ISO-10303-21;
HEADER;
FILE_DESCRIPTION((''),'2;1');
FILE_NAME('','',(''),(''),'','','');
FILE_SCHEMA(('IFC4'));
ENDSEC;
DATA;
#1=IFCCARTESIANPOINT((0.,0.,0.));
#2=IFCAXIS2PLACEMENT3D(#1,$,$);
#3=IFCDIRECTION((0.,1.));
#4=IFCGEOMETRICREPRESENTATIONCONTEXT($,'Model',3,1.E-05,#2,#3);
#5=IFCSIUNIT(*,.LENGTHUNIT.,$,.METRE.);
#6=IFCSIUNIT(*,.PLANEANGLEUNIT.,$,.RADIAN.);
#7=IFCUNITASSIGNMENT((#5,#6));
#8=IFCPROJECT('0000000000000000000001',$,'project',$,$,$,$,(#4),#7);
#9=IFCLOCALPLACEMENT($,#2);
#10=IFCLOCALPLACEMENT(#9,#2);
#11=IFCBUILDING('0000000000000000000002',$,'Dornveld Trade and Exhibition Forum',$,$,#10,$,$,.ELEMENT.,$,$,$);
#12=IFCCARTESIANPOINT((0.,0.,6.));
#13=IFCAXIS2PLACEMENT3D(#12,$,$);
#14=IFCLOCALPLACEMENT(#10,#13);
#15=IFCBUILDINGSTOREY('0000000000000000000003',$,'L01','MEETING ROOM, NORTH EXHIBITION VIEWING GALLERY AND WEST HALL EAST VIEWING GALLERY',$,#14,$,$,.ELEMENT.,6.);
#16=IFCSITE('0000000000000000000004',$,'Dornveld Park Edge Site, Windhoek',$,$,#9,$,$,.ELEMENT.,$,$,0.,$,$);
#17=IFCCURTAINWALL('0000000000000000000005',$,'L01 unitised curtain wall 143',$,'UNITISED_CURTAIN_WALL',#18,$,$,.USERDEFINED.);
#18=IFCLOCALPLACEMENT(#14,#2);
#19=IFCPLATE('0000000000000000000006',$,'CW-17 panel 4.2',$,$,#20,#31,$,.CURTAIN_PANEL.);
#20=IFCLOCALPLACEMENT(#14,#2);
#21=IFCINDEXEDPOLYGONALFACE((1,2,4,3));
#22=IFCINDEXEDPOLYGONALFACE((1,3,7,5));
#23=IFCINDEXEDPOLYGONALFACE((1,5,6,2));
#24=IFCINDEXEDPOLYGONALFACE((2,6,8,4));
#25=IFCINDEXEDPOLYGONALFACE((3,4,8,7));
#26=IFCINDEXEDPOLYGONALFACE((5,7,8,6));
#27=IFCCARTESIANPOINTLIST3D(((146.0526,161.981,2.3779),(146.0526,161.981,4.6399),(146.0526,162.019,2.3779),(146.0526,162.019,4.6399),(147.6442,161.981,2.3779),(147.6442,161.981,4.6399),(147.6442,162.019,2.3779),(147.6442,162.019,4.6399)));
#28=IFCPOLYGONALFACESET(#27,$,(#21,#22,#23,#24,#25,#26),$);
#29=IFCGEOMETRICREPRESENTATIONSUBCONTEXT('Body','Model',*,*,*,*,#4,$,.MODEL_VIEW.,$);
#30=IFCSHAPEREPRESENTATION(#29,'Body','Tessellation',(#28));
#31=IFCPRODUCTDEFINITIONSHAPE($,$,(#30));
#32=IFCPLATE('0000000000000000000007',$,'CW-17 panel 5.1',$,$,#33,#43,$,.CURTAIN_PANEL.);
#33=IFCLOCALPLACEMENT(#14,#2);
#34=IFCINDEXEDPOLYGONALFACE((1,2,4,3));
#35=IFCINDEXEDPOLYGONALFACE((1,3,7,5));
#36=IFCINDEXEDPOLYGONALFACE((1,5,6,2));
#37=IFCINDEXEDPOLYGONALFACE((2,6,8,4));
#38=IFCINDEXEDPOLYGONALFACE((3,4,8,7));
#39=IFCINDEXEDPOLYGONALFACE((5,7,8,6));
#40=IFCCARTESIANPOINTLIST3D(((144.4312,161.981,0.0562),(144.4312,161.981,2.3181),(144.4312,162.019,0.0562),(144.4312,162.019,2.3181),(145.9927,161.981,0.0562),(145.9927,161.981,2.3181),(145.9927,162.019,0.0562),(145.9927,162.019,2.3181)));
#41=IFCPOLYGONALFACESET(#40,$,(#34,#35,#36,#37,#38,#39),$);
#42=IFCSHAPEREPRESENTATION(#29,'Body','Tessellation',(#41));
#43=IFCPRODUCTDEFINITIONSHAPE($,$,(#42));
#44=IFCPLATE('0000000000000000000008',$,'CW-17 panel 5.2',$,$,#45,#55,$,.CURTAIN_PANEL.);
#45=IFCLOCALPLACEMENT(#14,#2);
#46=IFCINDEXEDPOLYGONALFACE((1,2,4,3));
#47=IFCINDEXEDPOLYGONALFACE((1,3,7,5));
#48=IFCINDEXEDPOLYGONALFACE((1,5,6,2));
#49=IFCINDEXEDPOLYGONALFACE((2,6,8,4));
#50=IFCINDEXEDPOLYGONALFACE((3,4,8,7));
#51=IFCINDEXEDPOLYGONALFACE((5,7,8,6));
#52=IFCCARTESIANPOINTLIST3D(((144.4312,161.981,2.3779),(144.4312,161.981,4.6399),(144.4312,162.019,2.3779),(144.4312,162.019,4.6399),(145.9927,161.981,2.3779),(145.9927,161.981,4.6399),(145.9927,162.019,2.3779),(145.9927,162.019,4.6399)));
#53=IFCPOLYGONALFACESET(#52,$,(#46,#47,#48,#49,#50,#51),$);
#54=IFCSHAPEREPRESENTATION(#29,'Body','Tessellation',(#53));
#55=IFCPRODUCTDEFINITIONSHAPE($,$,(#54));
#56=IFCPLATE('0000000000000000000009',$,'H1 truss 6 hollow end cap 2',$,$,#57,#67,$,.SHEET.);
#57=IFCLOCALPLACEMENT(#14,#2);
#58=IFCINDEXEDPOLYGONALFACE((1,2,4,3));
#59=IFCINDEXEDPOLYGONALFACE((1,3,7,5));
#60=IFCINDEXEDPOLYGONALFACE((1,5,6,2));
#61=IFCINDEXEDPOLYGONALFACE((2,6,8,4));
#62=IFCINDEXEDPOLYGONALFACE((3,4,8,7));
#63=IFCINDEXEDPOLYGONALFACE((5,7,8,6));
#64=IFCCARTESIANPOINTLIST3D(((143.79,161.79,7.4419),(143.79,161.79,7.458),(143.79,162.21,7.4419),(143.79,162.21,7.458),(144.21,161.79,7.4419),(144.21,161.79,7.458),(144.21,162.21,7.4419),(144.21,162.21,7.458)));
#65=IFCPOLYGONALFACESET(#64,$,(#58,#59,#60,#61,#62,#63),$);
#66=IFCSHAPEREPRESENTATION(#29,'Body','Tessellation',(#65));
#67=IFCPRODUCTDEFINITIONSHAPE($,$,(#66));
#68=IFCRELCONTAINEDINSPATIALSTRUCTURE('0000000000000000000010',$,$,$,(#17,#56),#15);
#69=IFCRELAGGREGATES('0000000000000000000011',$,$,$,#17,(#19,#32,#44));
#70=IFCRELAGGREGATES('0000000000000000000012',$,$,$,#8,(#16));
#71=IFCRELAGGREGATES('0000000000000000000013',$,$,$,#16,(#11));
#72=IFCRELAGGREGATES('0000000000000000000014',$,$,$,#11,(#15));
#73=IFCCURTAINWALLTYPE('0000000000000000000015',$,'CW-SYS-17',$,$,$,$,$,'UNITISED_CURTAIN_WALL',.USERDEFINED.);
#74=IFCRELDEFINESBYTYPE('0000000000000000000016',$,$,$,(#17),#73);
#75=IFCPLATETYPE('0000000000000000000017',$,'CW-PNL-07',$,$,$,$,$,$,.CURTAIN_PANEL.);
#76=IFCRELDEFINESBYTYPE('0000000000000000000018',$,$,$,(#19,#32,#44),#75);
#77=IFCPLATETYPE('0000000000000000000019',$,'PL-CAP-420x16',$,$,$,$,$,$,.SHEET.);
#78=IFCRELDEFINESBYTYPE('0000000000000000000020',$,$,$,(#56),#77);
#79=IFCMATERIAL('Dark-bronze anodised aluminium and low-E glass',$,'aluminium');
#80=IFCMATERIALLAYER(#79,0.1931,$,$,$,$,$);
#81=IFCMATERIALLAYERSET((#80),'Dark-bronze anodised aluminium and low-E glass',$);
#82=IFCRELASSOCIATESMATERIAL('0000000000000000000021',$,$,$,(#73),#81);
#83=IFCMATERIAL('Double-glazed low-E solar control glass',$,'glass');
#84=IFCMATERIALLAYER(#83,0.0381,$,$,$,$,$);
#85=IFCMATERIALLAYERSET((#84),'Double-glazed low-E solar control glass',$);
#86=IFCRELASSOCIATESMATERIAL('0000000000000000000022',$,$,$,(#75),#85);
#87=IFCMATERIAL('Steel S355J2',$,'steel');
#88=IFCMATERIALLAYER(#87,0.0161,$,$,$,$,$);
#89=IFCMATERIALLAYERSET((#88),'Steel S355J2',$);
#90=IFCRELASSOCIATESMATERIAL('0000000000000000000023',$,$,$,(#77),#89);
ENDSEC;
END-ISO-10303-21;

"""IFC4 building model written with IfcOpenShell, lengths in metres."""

from ifc_helpers import new_model, si_unit, direction, frame, origin, origin_2d, place, context, subcontext, project, spatial, rectangle, extrude, material, layer, layer_set, type_object, element, aggregate, save


model = new_model("IFC4")

# Units and contexts
model_context = context("Model", 3, precision=1e-05, world=origin(), true_north=direction((0.0, 1.0)))
body_context = subcontext(model_context, "Body", "Model", "MODEL_VIEW")
ifc_project = project(units=[si_unit("LENGTHUNIT", "METRE"), si_unit("PLANEANGLEUNIT", "RADIAN")], contexts=[model_context])

# Site, building, storey
site_placement = place(None, origin())
site = spatial("IfcSite", under=ifc_project, at=site_placement, Name="Dornveld Park Edge Site, Windhoek", CompositionType="ELEMENT", RefElevation=0.0)
building_placement = place(site_placement, origin())
building = spatial("IfcBuilding", under=site, at=building_placement, Name="Dornveld Trade and Exhibition Forum", CompositionType="ELEMENT")
storey_placement = place(building_placement, frame((0.0, 0.0, 6.0)))
storey = spatial("IfcBuildingStorey", under=building, at=storey_placement, Name="L01", Description="MEETING ROOM, NORTH EXHIBITION VIEWING GALLERY AND WEST HALL EAST VIEWING GALLERY", CompositionType="ELEMENT", Elevation=6.0)

# Curtain wall
ifc_material_1 = material(Name="Dark-bronze anodised aluminium and low-E glass", Category="aluminium")
ifc_layer_1 = layer(ifc_material_1, 0.1931)
ifc_layer_set_1 = layer_set([ifc_layer_1], Name="Dark-bronze anodised aluminium and low-E glass")
curtain_wall_type = type_object("IfcCurtainWallType", Name="CW-SYS-17", ElementType="UNITISED_CURTAIN_WALL", PredefinedType="USERDEFINED", material=ifc_layer_set_1)
curtain_wall_placement = place(storey_placement, origin())
curtain_wall = element("IfcCurtainWall", 1, at=curtain_wall_placement, inside=storey, type_object=curtain_wall_type, Name="L01 unitised curtain wall 143", ObjectType="UNITISED_CURTAIN_WALL", PredefinedType="USERDEFINED")

# Plates
ifc_material_2 = material(Name="Double-glazed low-E solar control glass", Category="glass")
ifc_layer_2 = layer(ifc_material_2, 0.0381)
ifc_layer_set_2 = layer_set([ifc_layer_2], Name="Double-glazed low-E solar control glass")
plate_type_1 = type_object("IfcPlateType", Name="CW-PNL-07", PredefinedType="CURTAIN_PANEL", material=ifc_layer_set_2)
plate_1_placement = place(storey_placement, frame((146.8484, 162.0, 2.3779), z_axis=(0.0, 0.0, 1.0), x_axis=(-1.0, 0.0, 0.0)))
plate_1 = element("IfcPlate", 2, at=plate_1_placement, type_object=plate_type_1, Name="CW-17 panel 4.2", PredefinedType="CURTAIN_PANEL", context=body_context, shape_type="SweptSolid", body=[
    extrude(rectangle(XDim=1.5916, YDim=0.0381, at=origin_2d()), origin(), (0.0, 0.0, 1.0), 2.262),
])
plate_2_placement = place(storey_placement, frame((145.2119, 162.0, 0.0562), z_axis=(0.0, 0.0, 1.0), x_axis=(-1.0, 0.0, 0.0)))
plate_2 = element("IfcPlate", 3, at=plate_2_placement, type_object=plate_type_1, Name="CW-17 panel 5.1", PredefinedType="CURTAIN_PANEL", context=body_context, shape_type="SweptSolid", body=[
    extrude(rectangle(XDim=1.5615, YDim=0.0381, at=origin_2d()), origin(), (0.0, 0.0, 1.0), 2.262),
])
plate_3_placement = place(storey_placement, frame((145.2119, 162.0, 2.3779), z_axis=(0.0, 0.0, 1.0), x_axis=(-1.0, 0.0, 0.0)))
plate_3 = element("IfcPlate", 4, at=plate_3_placement, type_object=plate_type_1, Name="CW-17 panel 5.2", PredefinedType="CURTAIN_PANEL", context=body_context, shape_type="SweptSolid", body=[
    extrude(rectangle(XDim=1.5615, YDim=0.0381, at=origin_2d()), origin(), (0.0, 0.0, 1.0), 2.262),
])
aggregate(curtain_wall, [plate_1, plate_2, plate_3])
ifc_material_3 = material(Name="Steel S355J2", Category="steel")
ifc_layer_3 = layer(ifc_material_3, 0.0161)
ifc_layer_set_3 = layer_set([ifc_layer_3], Name="Steel S355J2")
plate_type_2 = type_object("IfcPlateType", Name="PL-CAP-420x16", PredefinedType="SHEET", material=ifc_layer_set_3)
plate_4_placement = place(storey_placement, frame((144.0, 162.0, 7.4419), z_axis=(0.0, 0.0, 1.0), x_axis=(1.0, 0.0, 0.0)))
element("IfcPlate", 5, at=plate_4_placement, inside=storey, type_object=plate_type_2, Name="H1 truss 6 hollow end cap 2", PredefinedType="SHEET", context=body_context, shape_type="SweptSolid", body=[
    extrude(rectangle(XDim=0.4199, YDim=0.4199, at=origin_2d()), origin(), (0.0, 0.0, 1.0), 0.0161),
])

save(model, "model.ifc")
